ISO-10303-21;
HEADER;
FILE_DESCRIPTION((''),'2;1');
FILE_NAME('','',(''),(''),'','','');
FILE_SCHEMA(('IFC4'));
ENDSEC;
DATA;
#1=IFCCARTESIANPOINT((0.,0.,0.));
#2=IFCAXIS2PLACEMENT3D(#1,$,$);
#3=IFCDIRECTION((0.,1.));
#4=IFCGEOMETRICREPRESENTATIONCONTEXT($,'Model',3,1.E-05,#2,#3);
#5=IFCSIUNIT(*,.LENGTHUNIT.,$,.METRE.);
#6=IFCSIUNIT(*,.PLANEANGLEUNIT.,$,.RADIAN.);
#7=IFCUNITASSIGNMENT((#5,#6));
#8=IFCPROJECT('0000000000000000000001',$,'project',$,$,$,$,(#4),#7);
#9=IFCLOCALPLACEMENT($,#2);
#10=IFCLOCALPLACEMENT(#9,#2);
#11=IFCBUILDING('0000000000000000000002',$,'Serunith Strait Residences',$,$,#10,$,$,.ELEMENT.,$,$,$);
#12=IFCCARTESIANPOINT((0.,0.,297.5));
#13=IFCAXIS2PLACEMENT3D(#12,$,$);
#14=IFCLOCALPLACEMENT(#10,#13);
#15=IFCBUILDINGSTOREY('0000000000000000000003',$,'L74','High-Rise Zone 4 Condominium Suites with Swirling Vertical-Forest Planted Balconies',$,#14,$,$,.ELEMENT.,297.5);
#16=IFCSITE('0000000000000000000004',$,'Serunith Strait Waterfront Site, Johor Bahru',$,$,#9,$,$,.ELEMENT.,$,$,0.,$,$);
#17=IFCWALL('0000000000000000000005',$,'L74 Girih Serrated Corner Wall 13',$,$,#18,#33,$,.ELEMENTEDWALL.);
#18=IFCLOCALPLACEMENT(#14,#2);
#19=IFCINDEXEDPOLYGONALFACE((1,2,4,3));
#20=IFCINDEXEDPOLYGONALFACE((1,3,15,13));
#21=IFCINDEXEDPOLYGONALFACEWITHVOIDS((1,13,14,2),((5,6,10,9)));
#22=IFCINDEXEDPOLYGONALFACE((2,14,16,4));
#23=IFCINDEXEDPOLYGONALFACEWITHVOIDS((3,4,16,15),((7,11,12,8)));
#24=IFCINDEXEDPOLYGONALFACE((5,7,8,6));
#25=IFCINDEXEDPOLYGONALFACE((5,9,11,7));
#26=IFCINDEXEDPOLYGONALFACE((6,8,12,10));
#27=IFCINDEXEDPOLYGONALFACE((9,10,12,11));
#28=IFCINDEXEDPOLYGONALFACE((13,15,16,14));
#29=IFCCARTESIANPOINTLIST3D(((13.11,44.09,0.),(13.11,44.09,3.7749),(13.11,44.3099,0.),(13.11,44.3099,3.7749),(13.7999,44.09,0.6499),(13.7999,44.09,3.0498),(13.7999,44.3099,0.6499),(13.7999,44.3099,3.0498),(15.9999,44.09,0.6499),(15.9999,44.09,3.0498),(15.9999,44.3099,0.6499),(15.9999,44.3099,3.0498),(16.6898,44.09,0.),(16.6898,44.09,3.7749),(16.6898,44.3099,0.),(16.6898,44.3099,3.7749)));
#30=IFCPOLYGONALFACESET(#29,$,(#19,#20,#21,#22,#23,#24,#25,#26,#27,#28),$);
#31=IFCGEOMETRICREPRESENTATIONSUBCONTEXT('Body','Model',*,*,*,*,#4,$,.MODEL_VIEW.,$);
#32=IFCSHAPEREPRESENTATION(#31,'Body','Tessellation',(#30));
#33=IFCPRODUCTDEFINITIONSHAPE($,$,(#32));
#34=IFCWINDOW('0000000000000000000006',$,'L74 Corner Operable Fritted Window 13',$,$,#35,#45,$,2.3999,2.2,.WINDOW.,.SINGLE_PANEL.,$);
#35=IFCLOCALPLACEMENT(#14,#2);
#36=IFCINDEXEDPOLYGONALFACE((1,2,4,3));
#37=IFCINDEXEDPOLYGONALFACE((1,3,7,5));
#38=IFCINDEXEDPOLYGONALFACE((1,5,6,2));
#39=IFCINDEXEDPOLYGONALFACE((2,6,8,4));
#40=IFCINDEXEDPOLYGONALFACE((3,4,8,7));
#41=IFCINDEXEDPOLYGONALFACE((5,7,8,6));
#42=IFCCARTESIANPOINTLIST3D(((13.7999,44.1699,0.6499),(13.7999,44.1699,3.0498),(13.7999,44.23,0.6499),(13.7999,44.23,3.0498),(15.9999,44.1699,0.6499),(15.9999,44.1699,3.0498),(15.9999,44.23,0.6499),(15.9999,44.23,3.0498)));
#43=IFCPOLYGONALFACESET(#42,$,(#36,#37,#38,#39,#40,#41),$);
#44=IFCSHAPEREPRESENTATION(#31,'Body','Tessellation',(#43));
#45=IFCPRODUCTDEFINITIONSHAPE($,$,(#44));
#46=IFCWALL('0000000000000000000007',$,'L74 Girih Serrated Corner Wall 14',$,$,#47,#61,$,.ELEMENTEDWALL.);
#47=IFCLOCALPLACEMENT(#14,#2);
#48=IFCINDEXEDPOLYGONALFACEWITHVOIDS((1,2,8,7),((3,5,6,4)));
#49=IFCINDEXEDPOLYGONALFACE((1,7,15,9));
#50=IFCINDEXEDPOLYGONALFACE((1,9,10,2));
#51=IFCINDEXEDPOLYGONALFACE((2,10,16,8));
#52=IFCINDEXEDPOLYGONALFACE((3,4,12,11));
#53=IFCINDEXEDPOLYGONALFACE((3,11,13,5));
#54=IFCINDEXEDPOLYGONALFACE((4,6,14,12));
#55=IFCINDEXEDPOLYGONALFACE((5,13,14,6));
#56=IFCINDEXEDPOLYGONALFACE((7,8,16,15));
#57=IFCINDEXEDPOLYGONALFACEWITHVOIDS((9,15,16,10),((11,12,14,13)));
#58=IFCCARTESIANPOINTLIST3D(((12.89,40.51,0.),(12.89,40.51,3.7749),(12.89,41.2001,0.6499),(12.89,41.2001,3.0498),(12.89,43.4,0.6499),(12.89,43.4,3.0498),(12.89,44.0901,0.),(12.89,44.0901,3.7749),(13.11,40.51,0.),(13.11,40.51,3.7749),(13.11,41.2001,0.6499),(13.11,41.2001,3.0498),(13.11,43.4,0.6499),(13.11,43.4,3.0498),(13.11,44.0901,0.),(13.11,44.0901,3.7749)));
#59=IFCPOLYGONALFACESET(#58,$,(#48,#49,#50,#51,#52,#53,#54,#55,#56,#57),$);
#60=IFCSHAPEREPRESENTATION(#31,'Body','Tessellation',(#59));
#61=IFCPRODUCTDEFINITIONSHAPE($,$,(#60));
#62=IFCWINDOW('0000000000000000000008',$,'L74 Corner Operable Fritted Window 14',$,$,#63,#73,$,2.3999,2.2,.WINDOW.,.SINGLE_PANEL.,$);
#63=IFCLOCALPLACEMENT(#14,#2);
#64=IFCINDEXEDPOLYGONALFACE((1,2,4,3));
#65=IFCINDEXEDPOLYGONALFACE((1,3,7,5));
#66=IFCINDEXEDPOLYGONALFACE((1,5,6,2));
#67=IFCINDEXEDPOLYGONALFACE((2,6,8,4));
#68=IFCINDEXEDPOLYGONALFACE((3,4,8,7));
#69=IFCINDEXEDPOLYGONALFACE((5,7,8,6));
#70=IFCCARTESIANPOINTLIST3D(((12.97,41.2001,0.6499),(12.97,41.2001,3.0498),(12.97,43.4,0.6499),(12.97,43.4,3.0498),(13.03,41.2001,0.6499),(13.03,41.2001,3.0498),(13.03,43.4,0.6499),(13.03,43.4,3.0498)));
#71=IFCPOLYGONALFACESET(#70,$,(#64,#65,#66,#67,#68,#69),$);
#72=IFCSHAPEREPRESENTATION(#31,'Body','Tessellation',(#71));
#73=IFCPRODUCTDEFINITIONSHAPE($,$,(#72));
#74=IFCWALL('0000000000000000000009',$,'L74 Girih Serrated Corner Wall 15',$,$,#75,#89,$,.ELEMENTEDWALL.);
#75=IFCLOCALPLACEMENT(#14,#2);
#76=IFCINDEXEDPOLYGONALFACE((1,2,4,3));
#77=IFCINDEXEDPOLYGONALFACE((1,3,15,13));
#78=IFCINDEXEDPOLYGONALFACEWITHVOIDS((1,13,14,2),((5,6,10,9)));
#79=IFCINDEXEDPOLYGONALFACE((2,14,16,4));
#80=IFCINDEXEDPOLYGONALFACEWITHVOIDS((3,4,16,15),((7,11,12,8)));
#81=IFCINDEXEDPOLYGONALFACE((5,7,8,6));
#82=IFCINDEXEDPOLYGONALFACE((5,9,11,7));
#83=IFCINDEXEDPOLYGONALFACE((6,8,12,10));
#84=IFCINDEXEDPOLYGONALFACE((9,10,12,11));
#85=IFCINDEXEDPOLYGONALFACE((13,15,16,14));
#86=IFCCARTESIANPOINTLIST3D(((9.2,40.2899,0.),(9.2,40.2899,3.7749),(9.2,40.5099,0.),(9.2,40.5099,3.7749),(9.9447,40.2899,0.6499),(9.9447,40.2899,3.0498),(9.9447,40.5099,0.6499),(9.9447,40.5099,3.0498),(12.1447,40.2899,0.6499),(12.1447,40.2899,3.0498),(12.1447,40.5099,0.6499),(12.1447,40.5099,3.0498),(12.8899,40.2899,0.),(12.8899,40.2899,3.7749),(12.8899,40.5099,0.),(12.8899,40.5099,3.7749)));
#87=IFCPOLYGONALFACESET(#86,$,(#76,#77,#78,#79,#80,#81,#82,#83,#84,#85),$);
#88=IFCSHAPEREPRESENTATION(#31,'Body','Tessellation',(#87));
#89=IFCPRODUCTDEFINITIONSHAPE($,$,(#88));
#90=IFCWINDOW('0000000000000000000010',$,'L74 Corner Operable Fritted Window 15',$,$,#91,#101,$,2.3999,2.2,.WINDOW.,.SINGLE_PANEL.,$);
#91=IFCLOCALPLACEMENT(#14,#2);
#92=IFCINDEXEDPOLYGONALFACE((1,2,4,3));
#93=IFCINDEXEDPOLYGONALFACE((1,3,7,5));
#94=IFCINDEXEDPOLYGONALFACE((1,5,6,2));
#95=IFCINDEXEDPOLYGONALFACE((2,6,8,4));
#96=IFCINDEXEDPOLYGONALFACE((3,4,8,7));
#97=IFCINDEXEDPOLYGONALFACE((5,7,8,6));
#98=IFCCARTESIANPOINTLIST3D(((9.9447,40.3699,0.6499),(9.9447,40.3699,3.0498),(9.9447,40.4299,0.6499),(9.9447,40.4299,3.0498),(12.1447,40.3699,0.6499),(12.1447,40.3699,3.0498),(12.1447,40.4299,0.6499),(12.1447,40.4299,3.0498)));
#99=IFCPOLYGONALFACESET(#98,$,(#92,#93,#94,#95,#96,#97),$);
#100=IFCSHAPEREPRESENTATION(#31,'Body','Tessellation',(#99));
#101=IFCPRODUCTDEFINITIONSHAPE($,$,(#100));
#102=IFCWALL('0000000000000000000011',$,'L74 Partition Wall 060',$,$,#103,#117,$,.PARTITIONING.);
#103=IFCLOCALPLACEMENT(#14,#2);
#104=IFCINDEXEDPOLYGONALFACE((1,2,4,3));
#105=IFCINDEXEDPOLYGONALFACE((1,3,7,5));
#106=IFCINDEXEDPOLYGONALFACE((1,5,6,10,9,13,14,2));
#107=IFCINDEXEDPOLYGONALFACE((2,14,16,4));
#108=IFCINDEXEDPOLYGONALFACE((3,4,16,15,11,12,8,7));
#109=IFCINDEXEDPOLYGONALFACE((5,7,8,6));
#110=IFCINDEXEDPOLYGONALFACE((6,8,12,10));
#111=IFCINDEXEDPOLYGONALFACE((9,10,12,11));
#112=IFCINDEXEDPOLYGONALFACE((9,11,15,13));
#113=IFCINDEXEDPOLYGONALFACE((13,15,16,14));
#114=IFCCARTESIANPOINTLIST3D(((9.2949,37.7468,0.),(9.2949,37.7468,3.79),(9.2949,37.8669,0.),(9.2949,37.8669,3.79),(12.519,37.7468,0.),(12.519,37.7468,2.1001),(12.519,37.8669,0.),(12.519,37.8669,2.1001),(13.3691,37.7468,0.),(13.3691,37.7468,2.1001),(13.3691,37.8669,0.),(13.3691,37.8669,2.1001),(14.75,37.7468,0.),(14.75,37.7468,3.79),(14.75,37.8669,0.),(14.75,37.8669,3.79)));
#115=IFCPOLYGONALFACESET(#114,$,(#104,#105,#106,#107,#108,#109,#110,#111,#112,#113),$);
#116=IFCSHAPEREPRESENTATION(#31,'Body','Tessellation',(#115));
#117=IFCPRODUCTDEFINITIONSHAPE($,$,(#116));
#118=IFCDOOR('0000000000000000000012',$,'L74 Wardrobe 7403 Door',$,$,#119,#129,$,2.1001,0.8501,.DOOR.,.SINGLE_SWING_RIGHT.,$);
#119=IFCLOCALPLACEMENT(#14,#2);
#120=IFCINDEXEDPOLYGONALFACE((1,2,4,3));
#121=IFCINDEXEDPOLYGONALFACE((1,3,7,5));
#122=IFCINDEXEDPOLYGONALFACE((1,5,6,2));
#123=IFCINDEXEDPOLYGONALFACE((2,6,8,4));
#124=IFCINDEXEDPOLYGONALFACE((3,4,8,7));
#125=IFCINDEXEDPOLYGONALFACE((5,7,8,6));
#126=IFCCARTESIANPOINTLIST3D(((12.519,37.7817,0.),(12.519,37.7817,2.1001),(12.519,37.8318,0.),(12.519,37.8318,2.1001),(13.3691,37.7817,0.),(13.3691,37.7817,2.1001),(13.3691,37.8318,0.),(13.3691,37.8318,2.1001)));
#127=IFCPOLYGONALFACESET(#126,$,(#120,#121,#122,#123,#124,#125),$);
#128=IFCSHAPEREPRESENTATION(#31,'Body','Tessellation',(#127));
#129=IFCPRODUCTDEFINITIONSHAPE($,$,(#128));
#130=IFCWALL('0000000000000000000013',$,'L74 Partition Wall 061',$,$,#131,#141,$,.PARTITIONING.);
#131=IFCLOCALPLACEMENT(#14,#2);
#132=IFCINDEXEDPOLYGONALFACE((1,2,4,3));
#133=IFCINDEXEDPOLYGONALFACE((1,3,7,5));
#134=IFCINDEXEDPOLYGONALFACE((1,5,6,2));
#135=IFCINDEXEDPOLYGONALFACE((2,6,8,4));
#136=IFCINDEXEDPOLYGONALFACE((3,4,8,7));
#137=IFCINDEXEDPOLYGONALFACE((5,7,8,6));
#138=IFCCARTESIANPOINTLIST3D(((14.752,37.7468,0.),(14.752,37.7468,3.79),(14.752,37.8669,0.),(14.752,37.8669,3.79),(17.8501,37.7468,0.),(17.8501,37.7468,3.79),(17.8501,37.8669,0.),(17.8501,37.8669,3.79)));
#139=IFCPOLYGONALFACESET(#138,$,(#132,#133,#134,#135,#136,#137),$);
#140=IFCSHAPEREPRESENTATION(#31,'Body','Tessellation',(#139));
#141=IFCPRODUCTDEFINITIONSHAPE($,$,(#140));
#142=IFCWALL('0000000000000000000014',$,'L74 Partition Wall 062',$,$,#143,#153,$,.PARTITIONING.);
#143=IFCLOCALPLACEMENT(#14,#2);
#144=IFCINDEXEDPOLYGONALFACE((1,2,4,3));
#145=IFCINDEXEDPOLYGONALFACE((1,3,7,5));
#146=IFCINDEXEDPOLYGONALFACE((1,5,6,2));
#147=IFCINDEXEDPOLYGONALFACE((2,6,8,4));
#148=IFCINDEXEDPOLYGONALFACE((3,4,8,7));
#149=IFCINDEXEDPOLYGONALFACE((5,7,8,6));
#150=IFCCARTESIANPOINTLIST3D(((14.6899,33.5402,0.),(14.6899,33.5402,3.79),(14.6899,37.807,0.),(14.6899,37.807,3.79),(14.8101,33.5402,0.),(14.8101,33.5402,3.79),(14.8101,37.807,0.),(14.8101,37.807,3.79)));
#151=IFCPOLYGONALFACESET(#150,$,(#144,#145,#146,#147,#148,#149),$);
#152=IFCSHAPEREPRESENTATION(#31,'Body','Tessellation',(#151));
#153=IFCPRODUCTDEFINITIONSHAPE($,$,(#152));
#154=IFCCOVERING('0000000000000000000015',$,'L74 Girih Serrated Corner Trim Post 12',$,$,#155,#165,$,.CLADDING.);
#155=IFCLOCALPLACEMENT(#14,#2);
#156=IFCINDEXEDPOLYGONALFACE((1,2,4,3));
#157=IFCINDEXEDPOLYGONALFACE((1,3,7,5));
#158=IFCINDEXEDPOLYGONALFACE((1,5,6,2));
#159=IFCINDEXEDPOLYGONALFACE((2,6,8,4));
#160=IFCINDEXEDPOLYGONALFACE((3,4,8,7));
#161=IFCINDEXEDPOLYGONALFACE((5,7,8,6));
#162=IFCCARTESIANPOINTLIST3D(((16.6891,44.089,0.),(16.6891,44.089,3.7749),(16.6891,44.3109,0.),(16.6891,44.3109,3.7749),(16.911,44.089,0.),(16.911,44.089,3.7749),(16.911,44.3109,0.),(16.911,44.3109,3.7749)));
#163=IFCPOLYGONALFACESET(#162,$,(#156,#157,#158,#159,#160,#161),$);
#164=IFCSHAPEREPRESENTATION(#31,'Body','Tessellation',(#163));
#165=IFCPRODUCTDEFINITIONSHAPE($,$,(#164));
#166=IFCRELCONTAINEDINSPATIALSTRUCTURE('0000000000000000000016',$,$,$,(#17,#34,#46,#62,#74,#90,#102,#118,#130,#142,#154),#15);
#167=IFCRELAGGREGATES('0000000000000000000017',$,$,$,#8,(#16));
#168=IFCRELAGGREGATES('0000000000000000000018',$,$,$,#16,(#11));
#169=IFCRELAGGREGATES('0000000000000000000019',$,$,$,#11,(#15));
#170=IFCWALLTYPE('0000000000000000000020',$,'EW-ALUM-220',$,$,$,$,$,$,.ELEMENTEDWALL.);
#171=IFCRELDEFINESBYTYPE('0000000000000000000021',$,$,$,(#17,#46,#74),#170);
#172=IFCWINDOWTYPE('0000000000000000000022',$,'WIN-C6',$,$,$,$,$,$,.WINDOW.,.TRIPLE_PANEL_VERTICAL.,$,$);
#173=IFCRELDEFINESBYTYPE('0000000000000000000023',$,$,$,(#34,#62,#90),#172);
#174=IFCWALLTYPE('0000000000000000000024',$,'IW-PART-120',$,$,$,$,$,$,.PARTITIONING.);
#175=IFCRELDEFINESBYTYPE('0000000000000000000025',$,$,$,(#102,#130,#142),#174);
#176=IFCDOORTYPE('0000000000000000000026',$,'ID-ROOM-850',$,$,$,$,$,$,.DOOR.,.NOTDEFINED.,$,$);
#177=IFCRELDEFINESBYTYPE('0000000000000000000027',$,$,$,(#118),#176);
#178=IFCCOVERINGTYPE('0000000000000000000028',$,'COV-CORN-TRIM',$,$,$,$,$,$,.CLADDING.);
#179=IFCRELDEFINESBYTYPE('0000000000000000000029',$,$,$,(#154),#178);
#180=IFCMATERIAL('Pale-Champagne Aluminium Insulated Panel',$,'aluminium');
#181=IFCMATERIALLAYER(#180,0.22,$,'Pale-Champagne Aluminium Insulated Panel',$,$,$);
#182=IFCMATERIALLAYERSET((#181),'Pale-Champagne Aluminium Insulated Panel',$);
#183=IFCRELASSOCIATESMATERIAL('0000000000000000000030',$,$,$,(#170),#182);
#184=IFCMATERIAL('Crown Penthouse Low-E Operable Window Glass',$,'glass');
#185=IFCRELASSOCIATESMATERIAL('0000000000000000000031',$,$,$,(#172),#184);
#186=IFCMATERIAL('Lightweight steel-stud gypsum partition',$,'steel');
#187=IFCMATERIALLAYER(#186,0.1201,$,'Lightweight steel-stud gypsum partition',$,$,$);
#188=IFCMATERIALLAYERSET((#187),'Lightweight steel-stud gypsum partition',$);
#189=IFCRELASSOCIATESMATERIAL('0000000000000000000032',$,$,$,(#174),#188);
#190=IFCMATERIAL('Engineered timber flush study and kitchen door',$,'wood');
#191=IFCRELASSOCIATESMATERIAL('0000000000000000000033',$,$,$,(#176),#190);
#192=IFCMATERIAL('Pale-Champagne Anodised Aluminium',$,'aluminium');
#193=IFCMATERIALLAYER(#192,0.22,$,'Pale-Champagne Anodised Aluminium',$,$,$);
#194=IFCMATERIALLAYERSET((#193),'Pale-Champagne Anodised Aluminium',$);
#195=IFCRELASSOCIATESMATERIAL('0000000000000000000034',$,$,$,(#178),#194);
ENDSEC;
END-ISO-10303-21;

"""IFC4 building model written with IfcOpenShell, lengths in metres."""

from ifc_helpers import new_model, si_unit, direction, frame, frame_2d, origin, origin_2d, place, context, subcontext, project, spatial, rectangle, extrude, source, transform, mapped, material, layer, layer_set, type_object, element, fill, save


model = new_model("IFC4")

# Units and contexts
model_context = context("Model", 3, precision=1e-05, world=origin(), true_north=direction((0.0, 1.0)))
body_context = subcontext(model_context, "Body", "Model", "MODEL_VIEW")
ifc_project = project(units=[si_unit("LENGTHUNIT", "METRE"), si_unit("PLANEANGLEUNIT", "RADIAN")], contexts=[model_context])

# Site, building, storey
site_placement = place(None, origin())
site = spatial("IfcSite", under=ifc_project, at=site_placement, Name="Serunith Strait Waterfront Site, Johor Bahru", CompositionType="ELEMENT", RefElevation=0.0)
building_placement = place(site_placement, origin())
building = spatial("IfcBuilding", under=site, at=building_placement, Name="Serunith Strait Residences", CompositionType="ELEMENT")
storey_placement = place(building_placement, frame((0.0, 0.0, 297.5)))
storey = spatial("IfcBuildingStorey", under=building, at=storey_placement, Name="L74", Description="High-Rise Zone 4 Condominium Suites with Swirling Vertical-Forest Planted Balconies", CompositionType="ELEMENT", Elevation=297.5)

# Walls, openings, windows
ifc_material_1 = material(Name="Pale-Champagne Aluminium Insulated Panel", Category="aluminium")
ifc_layer_1 = layer(ifc_material_1, 0.22, Name="Pale-Champagne Aluminium Insulated Panel")
ifc_layer_set_1 = layer_set([ifc_layer_1], Name="Pale-Champagne Aluminium Insulated Panel")
wall_type_1 = type_object("IfcWallType", Name="EW-ALUM-220", PredefinedType="ELEMENTEDWALL", material=ifc_layer_set_1)
ifc_material_2 = material(Name="Crown Penthouse Low-E Operable Window Glass", Category="glass")
window_type = type_object("IfcWindowType", Name="WIN-C6", PartitioningType="TRIPLE_PANEL_VERTICAL", PredefinedType="WINDOW", material=ifc_material_2)
shared_shape_1 = source(origin(), body_context, "Body", "SweptSolid", [
    extrude(rectangle(XDim=2.2, YDim=2.3999, at=frame_2d((1.1001, 1.2))), frame((0.0, 0.03, 0.0), z_axis=(0.0, -1.0, 0.0), x_axis=(1.0, 0.0, 0.0)), (0.0, 0.0, 1.0), 0.0601),
])
wall_1_placement = place(storey_placement, frame((16.6899, 44.2, 0.0), z_axis=(0.0, 0.0, 1.0), x_axis=(-1.0, 0.0, 0.0)))
wall_1 = element("IfcWall", 1, at=wall_1_placement, inside=storey, type_object=wall_type_1, Name="L74 Girih Serrated Corner Wall 13", PredefinedType="ELEMENTEDWALL", context=body_context, shape_type="SweptSolid", body=[
    extrude(rectangle(XDim=3.5798, YDim=0.22, at=frame_2d((1.79, 0.0))), origin(), (0.0, 0.0, 1.0), 3.7749),
])
opening_1_placement = place(wall_1_placement, frame((0.6899, 0.0, 0.6499)))
opening_1 = element("IfcOpeningElement", 2, at=opening_1_placement, cuts=wall_1, PredefinedType="OPENING", context=body_context, shape_type="SweptSolid", body=[
    extrude(rectangle(XDim=2.2, YDim=2.3999, at=frame_2d((1.1001, 1.2))), frame((0.0, 0.1201, 0.0), z_axis=(0.0, -1.0, 0.0), x_axis=(1.0, 0.0, 0.0)), (0.0, 0.0, 1.0), 0.24),
])
window_1_placement = place(opening_1_placement, origin())
window_1 = element("IfcWindow", 3, at=window_1_placement, inside=storey, type_object=window_type, Name="L74 Corner Operable Fritted Window 13", OverallHeight=2.3999, OverallWidth=2.2, PartitioningType="SINGLE_PANEL", PredefinedType="WINDOW", context=body_context, shape_type="MappedRepresentation", body=[
    mapped(shared_shape_1, transform((0.0, 0.0, 0.0), scale=1.0)),
])
fill(opening_1, window_1)
wall_2_placement = place(storey_placement, frame((13.0, 44.0901, 0.0), z_axis=(0.0, 0.0, 1.0), x_axis=(0.0, -1.0, 0.0)))
wall_2 = element("IfcWall", 4, at=wall_2_placement, inside=storey, type_object=wall_type_1, Name="L74 Girih Serrated Corner Wall 14", PredefinedType="ELEMENTEDWALL", context=body_context, shape_type="SweptSolid", body=[
    extrude(rectangle(XDim=3.5801, YDim=0.22, at=frame_2d((1.79, 0.0))), origin(), (0.0, 0.0, 1.0), 3.7749),
])
opening_2_placement = place(wall_2_placement, frame((0.6899, 0.0, 0.6499)))
opening_2 = element("IfcOpeningElement", 5, at=opening_2_placement, cuts=wall_2, PredefinedType="OPENING", context=body_context, shape_type="SweptSolid", body=[
    extrude(rectangle(XDim=2.2, YDim=2.3999, at=frame_2d((1.1001, 1.2))), frame((0.0, 0.1201, 0.0), z_axis=(0.0, -1.0, 0.0), x_axis=(1.0, 0.0, 0.0)), (0.0, 0.0, 1.0), 0.24),
])
window_2_placement = place(opening_2_placement, origin())
window_2 = element("IfcWindow", 6, at=window_2_placement, inside=storey, type_object=window_type, Name="L74 Corner Operable Fritted Window 14", OverallHeight=2.3999, OverallWidth=2.2, PartitioningType="SINGLE_PANEL", PredefinedType="WINDOW", context=body_context, shape_type="MappedRepresentation", body=[
    mapped(shared_shape_1, transform((0.0, 0.0, 0.0), scale=1.0)),
])
fill(opening_2, window_2)
wall_3_placement = place(storey_placement, frame((12.8899, 40.3999, 0.0), z_axis=(0.0, 0.0, 1.0), x_axis=(-1.0, 0.0, 0.0)))
wall_3 = element("IfcWall", 7, at=wall_3_placement, inside=storey, type_object=wall_type_1, Name="L74 Girih Serrated Corner Wall 15", PredefinedType="ELEMENTEDWALL", context=body_context, shape_type="SweptSolid", body=[
    extrude(rectangle(XDim=3.6899, YDim=0.22, at=frame_2d((1.845, 0.0))), origin(), (0.0, 0.0, 1.0), 3.7749),
])
opening_3_placement = place(wall_3_placement, frame((0.7451, 0.0, 0.6499)))
opening_3 = element("IfcOpeningElement", 8, at=opening_3_placement, cuts=wall_3, PredefinedType="OPENING", context=body_context, shape_type="SweptSolid", body=[
    extrude(rectangle(XDim=2.2, YDim=2.3999, at=frame_2d((1.1001, 1.2))), frame((0.0, 0.1201, 0.0), z_axis=(0.0, -1.0, 0.0), x_axis=(1.0, 0.0, 0.0)), (0.0, 0.0, 1.0), 0.24),
])
window_3_placement = place(opening_3_placement, origin())
window_3 = element("IfcWindow", 9, at=window_3_placement, inside=storey, type_object=window_type, Name="L74 Corner Operable Fritted Window 15", OverallHeight=2.3999, OverallWidth=2.2, PartitioningType="SINGLE_PANEL", PredefinedType="WINDOW", context=body_context, shape_type="MappedRepresentation", body=[
    mapped(shared_shape_1, transform((0.0, 0.0, 0.0), scale=1.0)),
])
fill(opening_3, window_3)

# Wall, opening, door
ifc_material_3 = material(Name="Lightweight steel-stud gypsum partition", Category="steel")
ifc_layer_2 = layer(ifc_material_3, 0.1201, Name="Lightweight steel-stud gypsum partition")
ifc_layer_set_2 = layer_set([ifc_layer_2], Name="Lightweight steel-stud gypsum partition")
wall_type_2 = type_object("IfcWallType", Name="IW-PART-120", PredefinedType="PARTITIONING", material=ifc_layer_set_2)
wall_4_placement = place(storey_placement, frame((9.2949, 37.8069, 0.0), z_axis=(0.0, 0.0, 1.0), x_axis=(1.0, 0.0, 0.0)))
wall_4 = element("IfcWall", 10, at=wall_4_placement, inside=storey, type_object=wall_type_2, Name="L74 Partition Wall 060", PredefinedType="PARTITIONING", context=body_context, shape_type="SweptSolid", body=[
    extrude(rectangle(XDim=5.4551, YDim=0.1201, at=frame_2d((2.7275, 0.0))), origin(), (0.0, 0.0, 1.0), 3.79),
])
opening_4_placement = place(wall_4_placement, frame((3.2241, 0.0, 0.0)))
opening_4 = element("IfcOpeningElement", 11, at=opening_4_placement, cuts=wall_4, PredefinedType="OPENING", context=body_context, shape_type="SweptSolid", body=[
    extrude(rectangle(XDim=0.8501, YDim=2.1001, at=frame_2d((0.425, 1.05))), frame((0.0, 0.0701, 0.0), z_axis=(0.0, -1.0, 0.0), x_axis=(1.0, 0.0, 0.0)), (0.0, 0.0, 1.0), 0.1401),
])
ifc_material_4 = material(Name="Engineered timber flush study and kitchen door", Category="wood")
door_type = type_object("IfcDoorType", Name="ID-ROOM-850", OperationType="NOTDEFINED", PredefinedType="DOOR", material=ifc_material_4)
shared_shape_2 = source(origin(), body_context, "Body", "SweptSolid", [
    extrude(rectangle(XDim=0.8501, YDim=2.1001, at=frame_2d((0.425, 1.05))), frame((0.0, 0.0249, 0.0), z_axis=(0.0, -1.0, 0.0), x_axis=(1.0, 0.0, 0.0)), (0.0, 0.0, 1.0), 0.05),
])
door_placement = place(opening_4_placement, origin())
door = element("IfcDoor", 12, at=door_placement, inside=storey, type_object=door_type, Name="L74 Wardrobe 7403 Door", OperationType="SINGLE_SWING_RIGHT", OverallHeight=2.1001, OverallWidth=0.8501, PredefinedType="DOOR", context=body_context, shape_type="MappedRepresentation", body=[
    mapped(shared_shape_2, transform((0.0, 0.0, 0.0), scale=1.0)),
])
fill(opening_4, door)

# Walls
wall_5_placement = place(storey_placement, frame((14.752, 37.8069, 0.0), z_axis=(0.0, 0.0, 1.0), x_axis=(1.0, 0.0, 0.0)))
element("IfcWall", 13, at=wall_5_placement, inside=storey, type_object=wall_type_2, Name="L74 Partition Wall 061", PredefinedType="PARTITIONING", context=body_context, shape_type="SweptSolid", body=[
    extrude(rectangle(XDim=3.0981, YDim=0.1201, at=frame_2d((1.5491, 0.0))), origin(), (0.0, 0.0, 1.0), 3.79),
])
wall_6_placement = place(storey_placement, frame((14.75, 37.8069, 0.0), z_axis=(0.0, 0.0, 1.0), x_axis=(0.0, -1.0, 0.0)))
element("IfcWall", 14, at=wall_6_placement, inside=storey, type_object=wall_type_2, Name="L74 Partition Wall 062", PredefinedType="PARTITIONING", context=body_context, shape_type="SweptSolid", body=[
    extrude(rectangle(XDim=4.2668, YDim=0.1201, at=frame_2d((2.1333, 0.0))), origin(), (0.0, 0.0, 1.0), 3.79),
])

# Covering
ifc_material_5 = material(Name="Pale-Champagne Anodised Aluminium", Category="aluminium")
ifc_layer_3 = layer(ifc_material_5, 0.22, Name="Pale-Champagne Anodised Aluminium")
ifc_layer_set_3 = layer_set([ifc_layer_3], Name="Pale-Champagne Anodised Aluminium")
covering_type = type_object("IfcCoveringType", Name="COV-CORN-TRIM", PredefinedType="CLADDING", material=ifc_layer_set_3)
shared_shape_3 = source(origin(), body_context, "Body", "SweptSolid", [
    extrude(rectangle(XDim=0.2219, YDim=0.2219, at=origin_2d()), origin(), (0.0, 0.0, 1.0), 3.7749),
])
for number, where, z_axis, x_axis, name in (
    (15, (16.8, 44.2, 0.0), (0.0, 0.0, 1.0), (1.0, 0.0, 0.0), "L74 Girih Serrated Corner Trim Post 12"),
):
    element("IfcCovering", number, at=place(storey_placement, frame(where, z_axis=z_axis, x_axis=x_axis)), inside=storey, type_object=covering_type, Name=name, PredefinedType="CLADDING", context=body_context, shape_type="MappedRepresentation", body=[
        mapped(shared_shape_3, transform((0.0, 0.0, 0.0), scale=1.0)),
    ])

save(model, "model.ifc")
